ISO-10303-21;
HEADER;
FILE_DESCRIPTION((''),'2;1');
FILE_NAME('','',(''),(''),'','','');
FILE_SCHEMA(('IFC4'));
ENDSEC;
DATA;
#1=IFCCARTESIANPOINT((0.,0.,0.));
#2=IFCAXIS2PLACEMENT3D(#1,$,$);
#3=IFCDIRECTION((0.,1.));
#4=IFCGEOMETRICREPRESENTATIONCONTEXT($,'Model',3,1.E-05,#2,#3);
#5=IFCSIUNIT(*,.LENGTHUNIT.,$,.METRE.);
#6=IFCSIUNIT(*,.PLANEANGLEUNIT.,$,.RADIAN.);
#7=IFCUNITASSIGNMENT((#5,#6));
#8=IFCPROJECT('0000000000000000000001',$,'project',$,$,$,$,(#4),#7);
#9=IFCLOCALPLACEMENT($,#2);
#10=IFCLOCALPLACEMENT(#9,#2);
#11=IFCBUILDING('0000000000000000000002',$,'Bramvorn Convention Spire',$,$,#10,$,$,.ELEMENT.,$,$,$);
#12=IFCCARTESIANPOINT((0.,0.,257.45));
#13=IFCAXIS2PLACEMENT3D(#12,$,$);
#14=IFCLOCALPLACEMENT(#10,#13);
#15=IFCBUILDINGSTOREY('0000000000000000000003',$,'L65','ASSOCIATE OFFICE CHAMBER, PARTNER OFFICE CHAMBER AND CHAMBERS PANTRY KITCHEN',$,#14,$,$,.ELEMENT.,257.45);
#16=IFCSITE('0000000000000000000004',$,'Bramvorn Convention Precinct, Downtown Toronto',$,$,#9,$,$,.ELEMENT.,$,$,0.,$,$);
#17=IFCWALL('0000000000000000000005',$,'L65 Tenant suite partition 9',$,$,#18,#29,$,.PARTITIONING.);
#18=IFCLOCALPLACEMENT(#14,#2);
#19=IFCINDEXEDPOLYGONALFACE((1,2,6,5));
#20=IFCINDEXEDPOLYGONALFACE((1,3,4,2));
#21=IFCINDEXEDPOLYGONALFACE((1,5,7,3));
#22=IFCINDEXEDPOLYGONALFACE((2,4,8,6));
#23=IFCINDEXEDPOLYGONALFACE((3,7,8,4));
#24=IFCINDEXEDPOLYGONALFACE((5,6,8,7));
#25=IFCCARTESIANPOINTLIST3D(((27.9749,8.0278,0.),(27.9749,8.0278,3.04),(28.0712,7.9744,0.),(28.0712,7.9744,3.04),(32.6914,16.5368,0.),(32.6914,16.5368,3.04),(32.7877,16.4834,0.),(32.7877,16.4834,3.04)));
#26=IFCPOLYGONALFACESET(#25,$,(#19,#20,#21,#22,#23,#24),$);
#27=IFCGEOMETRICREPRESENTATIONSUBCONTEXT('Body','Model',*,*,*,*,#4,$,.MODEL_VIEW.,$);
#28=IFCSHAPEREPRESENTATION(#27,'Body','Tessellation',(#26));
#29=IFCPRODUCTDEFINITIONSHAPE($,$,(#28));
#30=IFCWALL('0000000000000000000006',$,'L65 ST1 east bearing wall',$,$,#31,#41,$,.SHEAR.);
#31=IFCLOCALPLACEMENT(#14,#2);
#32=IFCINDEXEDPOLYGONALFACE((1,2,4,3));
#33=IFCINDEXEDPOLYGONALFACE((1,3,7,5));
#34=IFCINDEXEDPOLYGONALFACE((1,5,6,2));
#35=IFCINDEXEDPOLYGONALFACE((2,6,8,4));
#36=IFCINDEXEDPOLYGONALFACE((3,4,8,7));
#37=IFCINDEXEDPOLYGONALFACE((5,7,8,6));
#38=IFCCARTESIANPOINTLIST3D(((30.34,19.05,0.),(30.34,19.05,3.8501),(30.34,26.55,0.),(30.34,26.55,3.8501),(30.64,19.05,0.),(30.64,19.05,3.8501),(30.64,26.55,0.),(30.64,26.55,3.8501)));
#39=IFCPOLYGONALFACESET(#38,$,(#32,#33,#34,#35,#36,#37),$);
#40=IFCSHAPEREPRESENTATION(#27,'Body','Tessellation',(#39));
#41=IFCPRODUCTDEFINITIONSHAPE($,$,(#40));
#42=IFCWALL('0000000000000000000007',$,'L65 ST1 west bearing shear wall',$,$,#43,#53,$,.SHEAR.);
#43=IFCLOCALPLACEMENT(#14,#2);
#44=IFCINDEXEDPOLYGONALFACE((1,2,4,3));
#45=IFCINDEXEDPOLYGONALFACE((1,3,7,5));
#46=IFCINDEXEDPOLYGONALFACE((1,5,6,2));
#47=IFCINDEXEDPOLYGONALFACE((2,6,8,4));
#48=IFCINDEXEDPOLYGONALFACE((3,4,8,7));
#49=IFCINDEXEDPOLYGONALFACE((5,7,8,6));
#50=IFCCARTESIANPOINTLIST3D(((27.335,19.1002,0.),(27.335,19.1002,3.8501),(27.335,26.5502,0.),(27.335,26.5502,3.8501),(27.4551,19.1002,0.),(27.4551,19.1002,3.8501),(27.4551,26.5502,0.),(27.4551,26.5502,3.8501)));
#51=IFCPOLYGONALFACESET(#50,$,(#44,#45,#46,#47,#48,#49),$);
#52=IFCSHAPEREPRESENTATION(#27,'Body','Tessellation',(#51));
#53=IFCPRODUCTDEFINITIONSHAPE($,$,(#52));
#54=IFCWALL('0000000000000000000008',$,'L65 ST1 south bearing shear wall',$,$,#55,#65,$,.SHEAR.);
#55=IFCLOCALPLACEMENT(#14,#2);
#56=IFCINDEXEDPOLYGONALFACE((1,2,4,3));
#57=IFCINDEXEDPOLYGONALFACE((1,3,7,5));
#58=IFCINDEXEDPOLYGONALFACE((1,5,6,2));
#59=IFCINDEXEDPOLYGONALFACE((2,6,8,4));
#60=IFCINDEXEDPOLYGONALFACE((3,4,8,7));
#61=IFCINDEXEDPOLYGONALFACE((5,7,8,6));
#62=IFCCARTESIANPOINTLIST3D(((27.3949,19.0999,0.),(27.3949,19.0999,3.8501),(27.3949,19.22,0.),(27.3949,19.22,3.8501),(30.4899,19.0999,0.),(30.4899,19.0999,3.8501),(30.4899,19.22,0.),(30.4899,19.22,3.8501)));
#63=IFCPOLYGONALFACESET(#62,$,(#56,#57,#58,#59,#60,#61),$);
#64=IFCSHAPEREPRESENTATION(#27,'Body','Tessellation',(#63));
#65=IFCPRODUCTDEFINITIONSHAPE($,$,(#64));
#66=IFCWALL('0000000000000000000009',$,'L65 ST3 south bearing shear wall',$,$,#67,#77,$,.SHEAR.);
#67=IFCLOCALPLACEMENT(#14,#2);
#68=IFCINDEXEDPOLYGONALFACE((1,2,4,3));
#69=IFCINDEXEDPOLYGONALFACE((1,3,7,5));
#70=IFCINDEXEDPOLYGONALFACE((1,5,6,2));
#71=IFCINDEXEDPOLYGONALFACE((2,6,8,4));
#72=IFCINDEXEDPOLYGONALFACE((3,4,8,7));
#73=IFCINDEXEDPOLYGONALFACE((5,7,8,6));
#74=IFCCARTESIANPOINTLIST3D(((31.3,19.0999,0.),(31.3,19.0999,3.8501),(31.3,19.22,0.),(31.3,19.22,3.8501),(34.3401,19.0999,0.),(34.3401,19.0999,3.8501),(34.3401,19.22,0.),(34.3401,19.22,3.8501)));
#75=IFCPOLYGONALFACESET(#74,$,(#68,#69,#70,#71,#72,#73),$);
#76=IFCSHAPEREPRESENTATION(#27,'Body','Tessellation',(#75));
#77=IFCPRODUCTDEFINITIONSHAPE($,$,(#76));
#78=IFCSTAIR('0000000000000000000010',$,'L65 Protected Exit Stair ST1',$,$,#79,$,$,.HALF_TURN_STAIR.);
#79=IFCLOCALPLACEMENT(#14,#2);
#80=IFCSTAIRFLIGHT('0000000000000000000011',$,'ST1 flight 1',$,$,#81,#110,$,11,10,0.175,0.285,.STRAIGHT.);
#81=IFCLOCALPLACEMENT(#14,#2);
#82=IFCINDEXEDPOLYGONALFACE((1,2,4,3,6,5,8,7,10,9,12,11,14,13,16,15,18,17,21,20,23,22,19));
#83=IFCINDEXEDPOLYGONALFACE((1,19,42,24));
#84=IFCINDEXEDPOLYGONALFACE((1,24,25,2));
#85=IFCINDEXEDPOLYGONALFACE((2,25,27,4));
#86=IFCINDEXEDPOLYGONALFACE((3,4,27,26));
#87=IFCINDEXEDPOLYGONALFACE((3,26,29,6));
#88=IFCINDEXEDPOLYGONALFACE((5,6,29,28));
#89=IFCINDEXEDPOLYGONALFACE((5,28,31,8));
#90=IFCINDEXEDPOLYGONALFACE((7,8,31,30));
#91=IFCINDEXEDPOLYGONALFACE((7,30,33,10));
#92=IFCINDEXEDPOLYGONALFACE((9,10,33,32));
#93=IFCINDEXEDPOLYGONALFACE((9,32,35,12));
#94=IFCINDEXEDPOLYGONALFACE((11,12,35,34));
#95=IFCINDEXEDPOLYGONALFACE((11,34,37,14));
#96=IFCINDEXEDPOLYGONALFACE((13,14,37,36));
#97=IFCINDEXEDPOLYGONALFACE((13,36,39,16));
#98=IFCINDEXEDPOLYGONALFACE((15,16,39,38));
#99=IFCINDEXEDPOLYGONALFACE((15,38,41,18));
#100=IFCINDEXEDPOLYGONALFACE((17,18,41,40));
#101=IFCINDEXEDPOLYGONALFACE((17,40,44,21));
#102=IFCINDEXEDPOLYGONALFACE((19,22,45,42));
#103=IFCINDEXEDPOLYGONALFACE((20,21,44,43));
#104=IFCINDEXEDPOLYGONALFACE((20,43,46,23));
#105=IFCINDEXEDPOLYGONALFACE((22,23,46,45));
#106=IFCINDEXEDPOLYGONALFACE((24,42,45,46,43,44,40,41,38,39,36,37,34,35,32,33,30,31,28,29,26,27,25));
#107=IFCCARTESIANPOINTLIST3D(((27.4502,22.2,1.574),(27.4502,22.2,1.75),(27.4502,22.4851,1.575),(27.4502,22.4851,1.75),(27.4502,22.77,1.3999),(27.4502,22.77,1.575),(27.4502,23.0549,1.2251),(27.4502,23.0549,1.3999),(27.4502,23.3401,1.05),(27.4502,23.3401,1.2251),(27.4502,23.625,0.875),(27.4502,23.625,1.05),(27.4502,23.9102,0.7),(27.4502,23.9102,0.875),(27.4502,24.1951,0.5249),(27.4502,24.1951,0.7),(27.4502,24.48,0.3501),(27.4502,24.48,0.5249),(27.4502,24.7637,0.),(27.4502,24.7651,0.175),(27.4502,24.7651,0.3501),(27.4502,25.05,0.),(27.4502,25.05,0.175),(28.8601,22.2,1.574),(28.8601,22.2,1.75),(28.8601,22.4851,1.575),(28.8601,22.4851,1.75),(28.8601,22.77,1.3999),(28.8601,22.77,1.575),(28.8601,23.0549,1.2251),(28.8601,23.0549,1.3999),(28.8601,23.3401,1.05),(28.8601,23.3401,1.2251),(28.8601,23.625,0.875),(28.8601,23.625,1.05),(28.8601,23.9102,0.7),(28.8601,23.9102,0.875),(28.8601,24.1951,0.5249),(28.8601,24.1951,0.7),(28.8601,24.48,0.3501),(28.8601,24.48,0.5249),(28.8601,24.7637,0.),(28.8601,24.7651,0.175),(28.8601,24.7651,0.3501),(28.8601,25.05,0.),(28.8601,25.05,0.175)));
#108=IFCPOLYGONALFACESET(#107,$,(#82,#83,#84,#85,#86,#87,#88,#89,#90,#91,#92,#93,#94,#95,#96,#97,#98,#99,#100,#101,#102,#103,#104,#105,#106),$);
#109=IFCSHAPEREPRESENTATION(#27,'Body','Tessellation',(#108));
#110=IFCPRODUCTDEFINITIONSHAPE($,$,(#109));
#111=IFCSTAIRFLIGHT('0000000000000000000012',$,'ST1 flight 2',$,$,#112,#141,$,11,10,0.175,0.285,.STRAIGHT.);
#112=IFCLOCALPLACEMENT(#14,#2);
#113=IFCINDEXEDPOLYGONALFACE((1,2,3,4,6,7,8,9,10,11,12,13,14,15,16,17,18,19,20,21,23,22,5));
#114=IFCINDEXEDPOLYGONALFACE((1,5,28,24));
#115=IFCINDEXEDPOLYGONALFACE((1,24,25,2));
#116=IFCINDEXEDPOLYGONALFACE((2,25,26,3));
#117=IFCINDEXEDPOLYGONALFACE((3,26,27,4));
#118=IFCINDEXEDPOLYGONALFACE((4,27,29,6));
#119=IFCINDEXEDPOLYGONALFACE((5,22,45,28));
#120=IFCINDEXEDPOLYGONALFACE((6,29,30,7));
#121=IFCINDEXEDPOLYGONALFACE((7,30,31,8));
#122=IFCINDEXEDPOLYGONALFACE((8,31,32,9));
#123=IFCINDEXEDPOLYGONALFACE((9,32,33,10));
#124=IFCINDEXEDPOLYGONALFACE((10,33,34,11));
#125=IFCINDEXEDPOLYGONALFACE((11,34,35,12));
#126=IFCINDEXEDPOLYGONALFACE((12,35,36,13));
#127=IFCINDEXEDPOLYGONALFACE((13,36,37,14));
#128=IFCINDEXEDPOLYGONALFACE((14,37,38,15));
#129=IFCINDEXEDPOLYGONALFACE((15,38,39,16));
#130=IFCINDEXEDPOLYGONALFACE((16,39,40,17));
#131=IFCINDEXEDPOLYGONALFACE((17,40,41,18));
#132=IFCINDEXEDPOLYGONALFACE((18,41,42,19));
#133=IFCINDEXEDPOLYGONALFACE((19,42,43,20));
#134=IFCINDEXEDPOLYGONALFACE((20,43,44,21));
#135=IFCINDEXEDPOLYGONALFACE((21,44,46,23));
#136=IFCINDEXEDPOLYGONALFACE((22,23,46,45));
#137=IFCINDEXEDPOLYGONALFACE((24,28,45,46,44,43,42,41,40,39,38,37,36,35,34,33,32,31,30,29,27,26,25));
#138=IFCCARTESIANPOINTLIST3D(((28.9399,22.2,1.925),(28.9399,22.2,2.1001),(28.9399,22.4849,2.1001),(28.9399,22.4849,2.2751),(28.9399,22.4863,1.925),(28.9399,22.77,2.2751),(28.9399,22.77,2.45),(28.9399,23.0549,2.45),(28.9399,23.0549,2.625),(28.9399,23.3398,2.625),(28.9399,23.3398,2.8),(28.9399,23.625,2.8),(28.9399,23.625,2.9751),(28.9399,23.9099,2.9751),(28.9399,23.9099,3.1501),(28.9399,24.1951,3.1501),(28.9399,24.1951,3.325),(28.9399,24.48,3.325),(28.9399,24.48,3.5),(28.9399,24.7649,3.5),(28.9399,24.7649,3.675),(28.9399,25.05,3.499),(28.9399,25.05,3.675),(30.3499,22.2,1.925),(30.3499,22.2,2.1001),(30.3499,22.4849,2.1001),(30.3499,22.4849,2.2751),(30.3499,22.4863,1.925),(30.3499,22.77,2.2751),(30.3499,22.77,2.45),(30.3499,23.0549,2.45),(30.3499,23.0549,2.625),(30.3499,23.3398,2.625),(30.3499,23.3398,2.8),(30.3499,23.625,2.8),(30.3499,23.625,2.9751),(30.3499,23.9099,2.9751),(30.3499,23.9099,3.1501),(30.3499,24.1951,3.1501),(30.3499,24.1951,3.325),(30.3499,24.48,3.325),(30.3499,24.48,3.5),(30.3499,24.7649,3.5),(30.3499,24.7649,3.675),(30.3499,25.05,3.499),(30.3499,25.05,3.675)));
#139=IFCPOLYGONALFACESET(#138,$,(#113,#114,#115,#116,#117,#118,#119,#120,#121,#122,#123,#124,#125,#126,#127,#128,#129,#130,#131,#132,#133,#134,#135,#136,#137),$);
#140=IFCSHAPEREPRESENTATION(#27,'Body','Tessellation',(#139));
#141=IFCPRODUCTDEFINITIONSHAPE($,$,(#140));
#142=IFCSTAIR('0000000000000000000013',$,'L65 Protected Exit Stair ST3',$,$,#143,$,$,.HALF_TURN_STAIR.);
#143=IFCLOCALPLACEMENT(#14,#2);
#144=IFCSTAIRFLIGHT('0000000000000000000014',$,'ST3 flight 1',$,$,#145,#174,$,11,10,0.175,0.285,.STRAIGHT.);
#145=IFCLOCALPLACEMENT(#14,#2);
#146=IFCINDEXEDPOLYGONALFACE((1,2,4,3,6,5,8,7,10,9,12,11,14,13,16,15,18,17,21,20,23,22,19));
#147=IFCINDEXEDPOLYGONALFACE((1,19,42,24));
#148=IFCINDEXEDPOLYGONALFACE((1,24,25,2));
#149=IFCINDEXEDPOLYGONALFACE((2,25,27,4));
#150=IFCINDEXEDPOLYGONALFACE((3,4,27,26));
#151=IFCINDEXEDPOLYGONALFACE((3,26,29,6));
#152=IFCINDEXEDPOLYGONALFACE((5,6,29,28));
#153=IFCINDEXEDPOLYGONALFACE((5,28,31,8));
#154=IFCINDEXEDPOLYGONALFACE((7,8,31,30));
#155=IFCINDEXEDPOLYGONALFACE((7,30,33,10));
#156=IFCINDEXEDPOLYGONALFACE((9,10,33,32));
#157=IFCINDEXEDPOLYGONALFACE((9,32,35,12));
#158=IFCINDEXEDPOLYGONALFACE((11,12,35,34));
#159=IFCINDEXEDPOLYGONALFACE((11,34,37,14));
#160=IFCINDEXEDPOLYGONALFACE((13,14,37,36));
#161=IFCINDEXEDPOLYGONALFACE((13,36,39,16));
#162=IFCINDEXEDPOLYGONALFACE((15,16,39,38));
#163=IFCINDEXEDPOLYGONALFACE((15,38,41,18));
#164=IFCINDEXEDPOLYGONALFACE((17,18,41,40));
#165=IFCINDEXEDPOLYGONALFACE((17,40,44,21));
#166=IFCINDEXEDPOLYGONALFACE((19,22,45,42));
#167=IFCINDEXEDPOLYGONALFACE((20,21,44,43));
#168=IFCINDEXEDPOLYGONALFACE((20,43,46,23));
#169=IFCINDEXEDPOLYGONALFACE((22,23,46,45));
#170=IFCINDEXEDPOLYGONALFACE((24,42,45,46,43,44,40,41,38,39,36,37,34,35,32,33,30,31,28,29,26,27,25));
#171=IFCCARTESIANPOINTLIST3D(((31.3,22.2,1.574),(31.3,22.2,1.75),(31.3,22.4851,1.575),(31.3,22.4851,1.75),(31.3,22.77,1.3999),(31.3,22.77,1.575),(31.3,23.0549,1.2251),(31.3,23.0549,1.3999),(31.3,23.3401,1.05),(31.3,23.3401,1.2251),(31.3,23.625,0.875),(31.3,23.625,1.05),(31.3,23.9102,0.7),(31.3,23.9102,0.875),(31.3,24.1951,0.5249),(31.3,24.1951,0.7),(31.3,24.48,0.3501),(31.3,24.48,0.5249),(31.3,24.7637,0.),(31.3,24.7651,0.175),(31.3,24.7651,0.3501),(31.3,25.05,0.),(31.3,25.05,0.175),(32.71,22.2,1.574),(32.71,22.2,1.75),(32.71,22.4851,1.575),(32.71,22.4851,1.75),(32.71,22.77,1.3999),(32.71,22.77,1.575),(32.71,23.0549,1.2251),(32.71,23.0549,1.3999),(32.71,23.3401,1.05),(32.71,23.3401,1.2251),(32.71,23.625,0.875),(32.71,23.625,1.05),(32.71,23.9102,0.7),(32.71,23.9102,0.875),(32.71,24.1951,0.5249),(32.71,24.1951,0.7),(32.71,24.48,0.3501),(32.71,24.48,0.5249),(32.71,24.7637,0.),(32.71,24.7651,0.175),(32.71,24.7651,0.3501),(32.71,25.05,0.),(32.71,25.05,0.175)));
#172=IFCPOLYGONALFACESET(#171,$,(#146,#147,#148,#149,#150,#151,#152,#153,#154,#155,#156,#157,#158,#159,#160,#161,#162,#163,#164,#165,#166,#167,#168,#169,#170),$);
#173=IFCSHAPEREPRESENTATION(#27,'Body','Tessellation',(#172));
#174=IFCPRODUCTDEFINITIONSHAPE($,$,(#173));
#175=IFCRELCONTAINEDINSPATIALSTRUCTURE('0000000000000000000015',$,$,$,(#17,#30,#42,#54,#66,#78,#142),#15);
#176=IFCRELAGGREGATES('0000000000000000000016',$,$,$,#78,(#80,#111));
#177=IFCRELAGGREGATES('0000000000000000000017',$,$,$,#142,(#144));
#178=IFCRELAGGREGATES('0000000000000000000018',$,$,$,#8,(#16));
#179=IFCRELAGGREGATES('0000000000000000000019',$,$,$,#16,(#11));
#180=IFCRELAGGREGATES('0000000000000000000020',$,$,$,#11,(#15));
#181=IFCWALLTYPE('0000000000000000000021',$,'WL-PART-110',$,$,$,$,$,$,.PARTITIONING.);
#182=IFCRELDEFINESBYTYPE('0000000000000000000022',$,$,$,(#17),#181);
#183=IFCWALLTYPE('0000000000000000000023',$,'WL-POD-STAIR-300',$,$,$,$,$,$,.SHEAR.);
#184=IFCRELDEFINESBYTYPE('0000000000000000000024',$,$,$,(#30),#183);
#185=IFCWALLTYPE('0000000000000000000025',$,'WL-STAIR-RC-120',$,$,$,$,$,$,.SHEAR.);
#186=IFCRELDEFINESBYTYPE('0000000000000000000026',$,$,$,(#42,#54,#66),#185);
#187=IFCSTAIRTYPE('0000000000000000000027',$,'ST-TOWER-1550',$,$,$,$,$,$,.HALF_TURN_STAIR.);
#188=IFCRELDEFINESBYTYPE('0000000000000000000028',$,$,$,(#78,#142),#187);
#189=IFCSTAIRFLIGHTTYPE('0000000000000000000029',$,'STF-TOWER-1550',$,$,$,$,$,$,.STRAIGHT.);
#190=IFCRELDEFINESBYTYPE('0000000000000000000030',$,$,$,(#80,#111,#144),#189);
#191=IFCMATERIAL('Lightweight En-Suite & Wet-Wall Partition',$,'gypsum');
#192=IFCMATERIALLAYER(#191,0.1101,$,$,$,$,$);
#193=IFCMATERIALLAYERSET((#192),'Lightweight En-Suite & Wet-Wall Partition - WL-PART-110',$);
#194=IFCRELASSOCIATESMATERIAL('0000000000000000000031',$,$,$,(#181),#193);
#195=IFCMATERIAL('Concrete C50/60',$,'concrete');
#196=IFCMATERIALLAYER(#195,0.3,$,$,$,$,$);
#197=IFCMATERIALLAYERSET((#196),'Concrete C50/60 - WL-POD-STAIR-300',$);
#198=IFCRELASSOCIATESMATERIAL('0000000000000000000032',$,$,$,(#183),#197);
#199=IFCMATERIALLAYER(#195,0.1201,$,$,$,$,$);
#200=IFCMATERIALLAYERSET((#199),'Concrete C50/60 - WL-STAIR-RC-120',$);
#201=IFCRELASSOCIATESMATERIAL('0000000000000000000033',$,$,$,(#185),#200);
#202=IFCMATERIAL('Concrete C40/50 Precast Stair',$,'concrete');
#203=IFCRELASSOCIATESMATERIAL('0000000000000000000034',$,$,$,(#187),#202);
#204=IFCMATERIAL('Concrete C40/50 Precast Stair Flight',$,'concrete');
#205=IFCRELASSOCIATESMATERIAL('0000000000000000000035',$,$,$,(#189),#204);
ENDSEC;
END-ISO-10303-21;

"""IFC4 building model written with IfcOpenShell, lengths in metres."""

from ifc_helpers import new_model, si_unit, direction, frame, frame_2d, origin, place, context, subcontext, project, spatial, polyline, rectangle, outline, extrude, material, layer, layer_set, type_object, element, aggregate, save


model = new_model("IFC4")

# Units and contexts
model_context = context("Model", 3, precision=1e-05, world=origin(), true_north=direction((0.0, 1.0)))
body_context = subcontext(model_context, "Body", "Model", "MODEL_VIEW")
ifc_project = project(units=[si_unit("LENGTHUNIT", "METRE"), si_unit("PLANEANGLEUNIT", "RADIAN")], contexts=[model_context])

# Site, building, storey
site_placement = place(None, origin())
site = spatial("IfcSite", under=ifc_project, at=site_placement, Name="Bramvorn Convention Precinct, Downtown Toronto", CompositionType="ELEMENT", RefElevation=0.0)
building_placement = place(site_placement, origin())
building = spatial("IfcBuilding", under=site, at=building_placement, Name="Bramvorn Convention Spire", CompositionType="ELEMENT")
storey_placement = place(building_placement, frame((0.0, 0.0, 257.45)))
storey = spatial("IfcBuildingStorey", under=building, at=storey_placement, Name="L65", Description="ASSOCIATE OFFICE CHAMBER, PARTNER OFFICE CHAMBER AND CHAMBERS PANTRY KITCHEN", CompositionType="ELEMENT", Elevation=257.45)

# Walls
ifc_material_1 = material(Name="Concrete C50/60", Category="concrete")
ifc_material_2 = material(Name="Lightweight En-Suite & Wet-Wall Partition", Category="gypsum")
ifc_layer_1 = layer(ifc_material_2, 0.1101)
ifc_layer_set_1 = layer_set([ifc_layer_1], Name="Lightweight En-Suite & Wet-Wall Partition - WL-PART-110")
wall_type_1 = type_object("IfcWallType", Name="WL-PART-110", PredefinedType="PARTITIONING", material=ifc_layer_set_1)
wall_1_placement = place(storey_placement, frame((32.7395, 16.51, 0.0), z_axis=(0.0, 0.0, 1.0), x_axis=(-0.484803, -0.874623, 0.0)))
element("IfcWall", 1, at=wall_1_placement, inside=storey, type_object=wall_type_1, Name="L65 Tenant suite partition 9", PredefinedType="PARTITIONING", context=body_context, shape_type="SweptSolid", body=[
    extrude(rectangle(XDim=9.7288, YDim=0.1101, at=frame_2d((4.8643, 0.0))), origin(), (0.0, 0.0, 1.0), 3.04),
])
ifc_layer_2 = layer(ifc_material_1, 0.3)
ifc_layer_set_2 = layer_set([ifc_layer_2], Name="Concrete C50/60 - WL-POD-STAIR-300")
wall_type_2 = type_object("IfcWallType", Name="WL-POD-STAIR-300", PredefinedType="SHEAR", material=ifc_layer_set_2)
wall_2_placement = place(storey_placement, frame((30.49, 19.05, 0.0), z_axis=(0.0, 0.0, 1.0), x_axis=(0.0, 1.0, 0.0)))
element("IfcWall", 2, at=wall_2_placement, inside=storey, type_object=wall_type_2, Name="L65 ST1 east bearing wall", PredefinedType="SHEAR", context=body_context, shape_type="SweptSolid", body=[
    extrude(rectangle(XDim=7.5, YDim=0.3, at=frame_2d((3.75, 0.0))), origin(), (0.0, 0.0, 1.0), 3.8501),
])
ifc_layer_3 = layer(ifc_material_1, 0.1201)
ifc_layer_set_3 = layer_set([ifc_layer_3], Name="Concrete C50/60 - WL-STAIR-RC-120")
wall_type_3 = type_object("IfcWallType", Name="WL-STAIR-RC-120", PredefinedType="SHEAR", material=ifc_layer_set_3)
wall_3_placement = place(storey_placement, frame((27.395, 19.1001, 0.0), z_axis=(0.0, 0.0, 1.0), x_axis=(0.0, 1.0, 0.0)))
element("IfcWall", 3, at=wall_3_placement, inside=storey, type_object=wall_type_3, Name="L65 ST1 west bearing shear wall", PredefinedType="SHEAR", context=body_context, shape_type="SweptSolid", body=[
    extrude(rectangle(XDim=7.45, YDim=0.1201, at=frame_2d((3.7251, 0.0))), origin(), (0.0, 0.0, 1.0), 3.8501),
])
wall_4_placement = place(storey_placement, frame((27.395, 19.1599, 0.0), z_axis=(0.0, 0.0, 1.0), x_axis=(1.0, 0.0, 0.0)))
element("IfcWall", 4, at=wall_4_placement, inside=storey, type_object=wall_type_3, Name="L65 ST1 south bearing shear wall", PredefinedType="SHEAR", context=body_context, shape_type="SweptSolid", body=[
    extrude(rectangle(XDim=3.095, YDim=0.1201, at=frame_2d((1.5474, 0.0))), origin(), (0.0, 0.0, 1.0), 3.8501),
])
wall_5_placement = place(storey_placement, frame((31.3, 19.1599, 0.0), z_axis=(0.0, 0.0, 1.0), x_axis=(1.0, 0.0, 0.0)))
element("IfcWall", 5, at=wall_5_placement, inside=storey, type_object=wall_type_3, Name="L65 ST3 south bearing shear wall", PredefinedType="SHEAR", context=body_context, shape_type="SweptSolid", body=[
    extrude(rectangle(XDim=3.04, YDim=0.1201, at=frame_2d((1.52, 0.0))), origin(), (0.0, 0.0, 1.0), 3.8501),
])

# Stairs, stair flights
ifc_material_3 = material(Name="Concrete C40/50 Precast Stair", Category="concrete")
stair_type = type_object("IfcStairType", Name="ST-TOWER-1550", PredefinedType="HALF_TURN_STAIR", material=ifc_material_3)
stair_1_placement = place(storey_placement, origin())
stair_1 = element("IfcStair", 6, at=stair_1_placement, inside=storey, type_object=stair_type, Name="L65 Protected Exit Stair ST1", PredefinedType="HALF_TURN_STAIR")
ifc_material_4 = material(Name="Concrete C40/50 Precast Stair Flight", Category="concrete")
stair_flight_type = type_object("IfcStairFlightType", Name="STF-TOWER-1550", PredefinedType="STRAIGHT", material=ifc_material_4)
stair_flight_1_placement = place(storey_placement, frame((28.155, 25.05, 0.0), z_axis=(0.0, 0.0, 1.0), x_axis=(0.0, -1.0, 0.0)))
stair_flight_1 = element("IfcStairFlight", 7, at=stair_flight_1_placement, type_object=stair_flight_type, Name="ST1 flight 1", NumberOfRisers=11, NumberOfTreads=10, PredefinedType="STRAIGHT", RiserHeight=0.175, TreadLength=0.285, context=body_context, shape_type="SweptSolid", body=[
    extrude(outline(polyline([(0.0, 0.0), (0.0, 0.175), (0.2849, 0.175), (0.2849, 0.3501), (0.5701, 0.3501), (0.5701, 0.5249), (0.855, 0.5249), (0.855, 0.7), (1.1399, 0.7), (1.1399, 0.875), (1.425, 0.875), (1.425, 1.05), (1.71, 1.05), (1.71, 1.2251), (1.9951, 1.2251), (1.9951, 1.3999), (2.28, 1.3999), (2.28, 1.575), (2.5649, 1.575), (2.5649, 1.75), (2.8501, 1.75), (2.8501, 1.925), (2.8501, 1.574), (0.2864, 0.0), (0.0, 0.0)])), frame((0.0, 0.7051, 0.0), z_axis=(0.0, -1.0, 0.0), x_axis=(1.0, 0.0, 0.0)), (0.0, 0.0, 1.0), 1.4099),
])
stair_flight_2_placement = place(storey_placement, frame((29.645, 22.2, 1.925), z_axis=(0.0, 0.0, 1.0), x_axis=(0.0, 1.0, 0.0)))
stair_flight_2 = element("IfcStairFlight", 8, at=stair_flight_2_placement, type_object=stair_flight_type, Name="ST1 flight 2", NumberOfRisers=11, NumberOfTreads=10, PredefinedType="STRAIGHT", RiserHeight=0.175, TreadLength=0.285, context=body_context, shape_type="SweptSolid", body=[
    extrude(outline(polyline([(0.0, 0.0), (0.0, 0.175), (0.2849, 0.175), (0.2849, 0.3501), (0.5701, 0.3501), (0.5701, 0.5249), (0.855, 0.5249), (0.855, 0.7), (1.1399, 0.7), (1.1399, 0.875), (1.425, 0.875), (1.425, 1.05), (1.71, 1.05), (1.71, 1.2251), (1.9951, 1.2251), (1.9951, 1.3999), (2.28, 1.3999), (2.28, 1.575), (2.5649, 1.575), (2.5649, 1.75), (2.8501, 1.75), (2.8501, 1.925), (2.8501, 1.574), (0.2864, 0.0), (0.0, 0.0)])), frame((0.0, 0.7051, 0.0), z_axis=(0.0, -1.0, 0.0), x_axis=(1.0, 0.0, 0.0)), (0.0, 0.0, 1.0), 1.4099),
])
aggregate(stair_1, [stair_flight_1, stair_flight_2])
stair_2_placement = place(storey_placement, origin())
stair_2 = element("IfcStair", 9, at=stair_2_placement, inside=storey, type_object=stair_type, Name="L65 Protected Exit Stair ST3", PredefinedType="HALF_TURN_STAIR")
stair_flight_3_placement = place(storey_placement, frame((32.0049, 25.05, 0.0), z_axis=(0.0, 0.0, 1.0), x_axis=(0.0, -1.0, 0.0)))
stair_flight_3 = element("IfcStairFlight", 10, at=stair_flight_3_placement, type_object=stair_flight_type, Name="ST3 flight 1", NumberOfRisers=11, NumberOfTreads=10, PredefinedType="STRAIGHT", RiserHeight=0.175, TreadLength=0.285, context=body_context, shape_type="SweptSolid", body=[
    extrude(outline(polyline([(0.0, 0.0), (0.0, 0.175), (0.2849, 0.175), (0.2849, 0.3501), (0.5701, 0.3501), (0.5701, 0.5249), (0.855, 0.5249), (0.855, 0.7), (1.1399, 0.7), (1.1399, 0.875), (1.425, 0.875), (1.425, 1.05), (1.71, 1.05), (1.71, 1.2251), (1.9951, 1.2251), (1.9951, 1.3999), (2.28, 1.3999), (2.28, 1.575), (2.5649, 1.575), (2.5649, 1.75), (2.8501, 1.75), (2.8501, 1.925), (2.8501, 1.574), (0.2864, 0.0), (0.0, 0.0)])), frame((0.0, 0.7051, 0.0), z_axis=(0.0, -1.0, 0.0), x_axis=(1.0, 0.0, 0.0)), (0.0, 0.0, 1.0), 1.4099),
])
aggregate(stair_2, [stair_flight_3])

save(model, "model.ifc")
